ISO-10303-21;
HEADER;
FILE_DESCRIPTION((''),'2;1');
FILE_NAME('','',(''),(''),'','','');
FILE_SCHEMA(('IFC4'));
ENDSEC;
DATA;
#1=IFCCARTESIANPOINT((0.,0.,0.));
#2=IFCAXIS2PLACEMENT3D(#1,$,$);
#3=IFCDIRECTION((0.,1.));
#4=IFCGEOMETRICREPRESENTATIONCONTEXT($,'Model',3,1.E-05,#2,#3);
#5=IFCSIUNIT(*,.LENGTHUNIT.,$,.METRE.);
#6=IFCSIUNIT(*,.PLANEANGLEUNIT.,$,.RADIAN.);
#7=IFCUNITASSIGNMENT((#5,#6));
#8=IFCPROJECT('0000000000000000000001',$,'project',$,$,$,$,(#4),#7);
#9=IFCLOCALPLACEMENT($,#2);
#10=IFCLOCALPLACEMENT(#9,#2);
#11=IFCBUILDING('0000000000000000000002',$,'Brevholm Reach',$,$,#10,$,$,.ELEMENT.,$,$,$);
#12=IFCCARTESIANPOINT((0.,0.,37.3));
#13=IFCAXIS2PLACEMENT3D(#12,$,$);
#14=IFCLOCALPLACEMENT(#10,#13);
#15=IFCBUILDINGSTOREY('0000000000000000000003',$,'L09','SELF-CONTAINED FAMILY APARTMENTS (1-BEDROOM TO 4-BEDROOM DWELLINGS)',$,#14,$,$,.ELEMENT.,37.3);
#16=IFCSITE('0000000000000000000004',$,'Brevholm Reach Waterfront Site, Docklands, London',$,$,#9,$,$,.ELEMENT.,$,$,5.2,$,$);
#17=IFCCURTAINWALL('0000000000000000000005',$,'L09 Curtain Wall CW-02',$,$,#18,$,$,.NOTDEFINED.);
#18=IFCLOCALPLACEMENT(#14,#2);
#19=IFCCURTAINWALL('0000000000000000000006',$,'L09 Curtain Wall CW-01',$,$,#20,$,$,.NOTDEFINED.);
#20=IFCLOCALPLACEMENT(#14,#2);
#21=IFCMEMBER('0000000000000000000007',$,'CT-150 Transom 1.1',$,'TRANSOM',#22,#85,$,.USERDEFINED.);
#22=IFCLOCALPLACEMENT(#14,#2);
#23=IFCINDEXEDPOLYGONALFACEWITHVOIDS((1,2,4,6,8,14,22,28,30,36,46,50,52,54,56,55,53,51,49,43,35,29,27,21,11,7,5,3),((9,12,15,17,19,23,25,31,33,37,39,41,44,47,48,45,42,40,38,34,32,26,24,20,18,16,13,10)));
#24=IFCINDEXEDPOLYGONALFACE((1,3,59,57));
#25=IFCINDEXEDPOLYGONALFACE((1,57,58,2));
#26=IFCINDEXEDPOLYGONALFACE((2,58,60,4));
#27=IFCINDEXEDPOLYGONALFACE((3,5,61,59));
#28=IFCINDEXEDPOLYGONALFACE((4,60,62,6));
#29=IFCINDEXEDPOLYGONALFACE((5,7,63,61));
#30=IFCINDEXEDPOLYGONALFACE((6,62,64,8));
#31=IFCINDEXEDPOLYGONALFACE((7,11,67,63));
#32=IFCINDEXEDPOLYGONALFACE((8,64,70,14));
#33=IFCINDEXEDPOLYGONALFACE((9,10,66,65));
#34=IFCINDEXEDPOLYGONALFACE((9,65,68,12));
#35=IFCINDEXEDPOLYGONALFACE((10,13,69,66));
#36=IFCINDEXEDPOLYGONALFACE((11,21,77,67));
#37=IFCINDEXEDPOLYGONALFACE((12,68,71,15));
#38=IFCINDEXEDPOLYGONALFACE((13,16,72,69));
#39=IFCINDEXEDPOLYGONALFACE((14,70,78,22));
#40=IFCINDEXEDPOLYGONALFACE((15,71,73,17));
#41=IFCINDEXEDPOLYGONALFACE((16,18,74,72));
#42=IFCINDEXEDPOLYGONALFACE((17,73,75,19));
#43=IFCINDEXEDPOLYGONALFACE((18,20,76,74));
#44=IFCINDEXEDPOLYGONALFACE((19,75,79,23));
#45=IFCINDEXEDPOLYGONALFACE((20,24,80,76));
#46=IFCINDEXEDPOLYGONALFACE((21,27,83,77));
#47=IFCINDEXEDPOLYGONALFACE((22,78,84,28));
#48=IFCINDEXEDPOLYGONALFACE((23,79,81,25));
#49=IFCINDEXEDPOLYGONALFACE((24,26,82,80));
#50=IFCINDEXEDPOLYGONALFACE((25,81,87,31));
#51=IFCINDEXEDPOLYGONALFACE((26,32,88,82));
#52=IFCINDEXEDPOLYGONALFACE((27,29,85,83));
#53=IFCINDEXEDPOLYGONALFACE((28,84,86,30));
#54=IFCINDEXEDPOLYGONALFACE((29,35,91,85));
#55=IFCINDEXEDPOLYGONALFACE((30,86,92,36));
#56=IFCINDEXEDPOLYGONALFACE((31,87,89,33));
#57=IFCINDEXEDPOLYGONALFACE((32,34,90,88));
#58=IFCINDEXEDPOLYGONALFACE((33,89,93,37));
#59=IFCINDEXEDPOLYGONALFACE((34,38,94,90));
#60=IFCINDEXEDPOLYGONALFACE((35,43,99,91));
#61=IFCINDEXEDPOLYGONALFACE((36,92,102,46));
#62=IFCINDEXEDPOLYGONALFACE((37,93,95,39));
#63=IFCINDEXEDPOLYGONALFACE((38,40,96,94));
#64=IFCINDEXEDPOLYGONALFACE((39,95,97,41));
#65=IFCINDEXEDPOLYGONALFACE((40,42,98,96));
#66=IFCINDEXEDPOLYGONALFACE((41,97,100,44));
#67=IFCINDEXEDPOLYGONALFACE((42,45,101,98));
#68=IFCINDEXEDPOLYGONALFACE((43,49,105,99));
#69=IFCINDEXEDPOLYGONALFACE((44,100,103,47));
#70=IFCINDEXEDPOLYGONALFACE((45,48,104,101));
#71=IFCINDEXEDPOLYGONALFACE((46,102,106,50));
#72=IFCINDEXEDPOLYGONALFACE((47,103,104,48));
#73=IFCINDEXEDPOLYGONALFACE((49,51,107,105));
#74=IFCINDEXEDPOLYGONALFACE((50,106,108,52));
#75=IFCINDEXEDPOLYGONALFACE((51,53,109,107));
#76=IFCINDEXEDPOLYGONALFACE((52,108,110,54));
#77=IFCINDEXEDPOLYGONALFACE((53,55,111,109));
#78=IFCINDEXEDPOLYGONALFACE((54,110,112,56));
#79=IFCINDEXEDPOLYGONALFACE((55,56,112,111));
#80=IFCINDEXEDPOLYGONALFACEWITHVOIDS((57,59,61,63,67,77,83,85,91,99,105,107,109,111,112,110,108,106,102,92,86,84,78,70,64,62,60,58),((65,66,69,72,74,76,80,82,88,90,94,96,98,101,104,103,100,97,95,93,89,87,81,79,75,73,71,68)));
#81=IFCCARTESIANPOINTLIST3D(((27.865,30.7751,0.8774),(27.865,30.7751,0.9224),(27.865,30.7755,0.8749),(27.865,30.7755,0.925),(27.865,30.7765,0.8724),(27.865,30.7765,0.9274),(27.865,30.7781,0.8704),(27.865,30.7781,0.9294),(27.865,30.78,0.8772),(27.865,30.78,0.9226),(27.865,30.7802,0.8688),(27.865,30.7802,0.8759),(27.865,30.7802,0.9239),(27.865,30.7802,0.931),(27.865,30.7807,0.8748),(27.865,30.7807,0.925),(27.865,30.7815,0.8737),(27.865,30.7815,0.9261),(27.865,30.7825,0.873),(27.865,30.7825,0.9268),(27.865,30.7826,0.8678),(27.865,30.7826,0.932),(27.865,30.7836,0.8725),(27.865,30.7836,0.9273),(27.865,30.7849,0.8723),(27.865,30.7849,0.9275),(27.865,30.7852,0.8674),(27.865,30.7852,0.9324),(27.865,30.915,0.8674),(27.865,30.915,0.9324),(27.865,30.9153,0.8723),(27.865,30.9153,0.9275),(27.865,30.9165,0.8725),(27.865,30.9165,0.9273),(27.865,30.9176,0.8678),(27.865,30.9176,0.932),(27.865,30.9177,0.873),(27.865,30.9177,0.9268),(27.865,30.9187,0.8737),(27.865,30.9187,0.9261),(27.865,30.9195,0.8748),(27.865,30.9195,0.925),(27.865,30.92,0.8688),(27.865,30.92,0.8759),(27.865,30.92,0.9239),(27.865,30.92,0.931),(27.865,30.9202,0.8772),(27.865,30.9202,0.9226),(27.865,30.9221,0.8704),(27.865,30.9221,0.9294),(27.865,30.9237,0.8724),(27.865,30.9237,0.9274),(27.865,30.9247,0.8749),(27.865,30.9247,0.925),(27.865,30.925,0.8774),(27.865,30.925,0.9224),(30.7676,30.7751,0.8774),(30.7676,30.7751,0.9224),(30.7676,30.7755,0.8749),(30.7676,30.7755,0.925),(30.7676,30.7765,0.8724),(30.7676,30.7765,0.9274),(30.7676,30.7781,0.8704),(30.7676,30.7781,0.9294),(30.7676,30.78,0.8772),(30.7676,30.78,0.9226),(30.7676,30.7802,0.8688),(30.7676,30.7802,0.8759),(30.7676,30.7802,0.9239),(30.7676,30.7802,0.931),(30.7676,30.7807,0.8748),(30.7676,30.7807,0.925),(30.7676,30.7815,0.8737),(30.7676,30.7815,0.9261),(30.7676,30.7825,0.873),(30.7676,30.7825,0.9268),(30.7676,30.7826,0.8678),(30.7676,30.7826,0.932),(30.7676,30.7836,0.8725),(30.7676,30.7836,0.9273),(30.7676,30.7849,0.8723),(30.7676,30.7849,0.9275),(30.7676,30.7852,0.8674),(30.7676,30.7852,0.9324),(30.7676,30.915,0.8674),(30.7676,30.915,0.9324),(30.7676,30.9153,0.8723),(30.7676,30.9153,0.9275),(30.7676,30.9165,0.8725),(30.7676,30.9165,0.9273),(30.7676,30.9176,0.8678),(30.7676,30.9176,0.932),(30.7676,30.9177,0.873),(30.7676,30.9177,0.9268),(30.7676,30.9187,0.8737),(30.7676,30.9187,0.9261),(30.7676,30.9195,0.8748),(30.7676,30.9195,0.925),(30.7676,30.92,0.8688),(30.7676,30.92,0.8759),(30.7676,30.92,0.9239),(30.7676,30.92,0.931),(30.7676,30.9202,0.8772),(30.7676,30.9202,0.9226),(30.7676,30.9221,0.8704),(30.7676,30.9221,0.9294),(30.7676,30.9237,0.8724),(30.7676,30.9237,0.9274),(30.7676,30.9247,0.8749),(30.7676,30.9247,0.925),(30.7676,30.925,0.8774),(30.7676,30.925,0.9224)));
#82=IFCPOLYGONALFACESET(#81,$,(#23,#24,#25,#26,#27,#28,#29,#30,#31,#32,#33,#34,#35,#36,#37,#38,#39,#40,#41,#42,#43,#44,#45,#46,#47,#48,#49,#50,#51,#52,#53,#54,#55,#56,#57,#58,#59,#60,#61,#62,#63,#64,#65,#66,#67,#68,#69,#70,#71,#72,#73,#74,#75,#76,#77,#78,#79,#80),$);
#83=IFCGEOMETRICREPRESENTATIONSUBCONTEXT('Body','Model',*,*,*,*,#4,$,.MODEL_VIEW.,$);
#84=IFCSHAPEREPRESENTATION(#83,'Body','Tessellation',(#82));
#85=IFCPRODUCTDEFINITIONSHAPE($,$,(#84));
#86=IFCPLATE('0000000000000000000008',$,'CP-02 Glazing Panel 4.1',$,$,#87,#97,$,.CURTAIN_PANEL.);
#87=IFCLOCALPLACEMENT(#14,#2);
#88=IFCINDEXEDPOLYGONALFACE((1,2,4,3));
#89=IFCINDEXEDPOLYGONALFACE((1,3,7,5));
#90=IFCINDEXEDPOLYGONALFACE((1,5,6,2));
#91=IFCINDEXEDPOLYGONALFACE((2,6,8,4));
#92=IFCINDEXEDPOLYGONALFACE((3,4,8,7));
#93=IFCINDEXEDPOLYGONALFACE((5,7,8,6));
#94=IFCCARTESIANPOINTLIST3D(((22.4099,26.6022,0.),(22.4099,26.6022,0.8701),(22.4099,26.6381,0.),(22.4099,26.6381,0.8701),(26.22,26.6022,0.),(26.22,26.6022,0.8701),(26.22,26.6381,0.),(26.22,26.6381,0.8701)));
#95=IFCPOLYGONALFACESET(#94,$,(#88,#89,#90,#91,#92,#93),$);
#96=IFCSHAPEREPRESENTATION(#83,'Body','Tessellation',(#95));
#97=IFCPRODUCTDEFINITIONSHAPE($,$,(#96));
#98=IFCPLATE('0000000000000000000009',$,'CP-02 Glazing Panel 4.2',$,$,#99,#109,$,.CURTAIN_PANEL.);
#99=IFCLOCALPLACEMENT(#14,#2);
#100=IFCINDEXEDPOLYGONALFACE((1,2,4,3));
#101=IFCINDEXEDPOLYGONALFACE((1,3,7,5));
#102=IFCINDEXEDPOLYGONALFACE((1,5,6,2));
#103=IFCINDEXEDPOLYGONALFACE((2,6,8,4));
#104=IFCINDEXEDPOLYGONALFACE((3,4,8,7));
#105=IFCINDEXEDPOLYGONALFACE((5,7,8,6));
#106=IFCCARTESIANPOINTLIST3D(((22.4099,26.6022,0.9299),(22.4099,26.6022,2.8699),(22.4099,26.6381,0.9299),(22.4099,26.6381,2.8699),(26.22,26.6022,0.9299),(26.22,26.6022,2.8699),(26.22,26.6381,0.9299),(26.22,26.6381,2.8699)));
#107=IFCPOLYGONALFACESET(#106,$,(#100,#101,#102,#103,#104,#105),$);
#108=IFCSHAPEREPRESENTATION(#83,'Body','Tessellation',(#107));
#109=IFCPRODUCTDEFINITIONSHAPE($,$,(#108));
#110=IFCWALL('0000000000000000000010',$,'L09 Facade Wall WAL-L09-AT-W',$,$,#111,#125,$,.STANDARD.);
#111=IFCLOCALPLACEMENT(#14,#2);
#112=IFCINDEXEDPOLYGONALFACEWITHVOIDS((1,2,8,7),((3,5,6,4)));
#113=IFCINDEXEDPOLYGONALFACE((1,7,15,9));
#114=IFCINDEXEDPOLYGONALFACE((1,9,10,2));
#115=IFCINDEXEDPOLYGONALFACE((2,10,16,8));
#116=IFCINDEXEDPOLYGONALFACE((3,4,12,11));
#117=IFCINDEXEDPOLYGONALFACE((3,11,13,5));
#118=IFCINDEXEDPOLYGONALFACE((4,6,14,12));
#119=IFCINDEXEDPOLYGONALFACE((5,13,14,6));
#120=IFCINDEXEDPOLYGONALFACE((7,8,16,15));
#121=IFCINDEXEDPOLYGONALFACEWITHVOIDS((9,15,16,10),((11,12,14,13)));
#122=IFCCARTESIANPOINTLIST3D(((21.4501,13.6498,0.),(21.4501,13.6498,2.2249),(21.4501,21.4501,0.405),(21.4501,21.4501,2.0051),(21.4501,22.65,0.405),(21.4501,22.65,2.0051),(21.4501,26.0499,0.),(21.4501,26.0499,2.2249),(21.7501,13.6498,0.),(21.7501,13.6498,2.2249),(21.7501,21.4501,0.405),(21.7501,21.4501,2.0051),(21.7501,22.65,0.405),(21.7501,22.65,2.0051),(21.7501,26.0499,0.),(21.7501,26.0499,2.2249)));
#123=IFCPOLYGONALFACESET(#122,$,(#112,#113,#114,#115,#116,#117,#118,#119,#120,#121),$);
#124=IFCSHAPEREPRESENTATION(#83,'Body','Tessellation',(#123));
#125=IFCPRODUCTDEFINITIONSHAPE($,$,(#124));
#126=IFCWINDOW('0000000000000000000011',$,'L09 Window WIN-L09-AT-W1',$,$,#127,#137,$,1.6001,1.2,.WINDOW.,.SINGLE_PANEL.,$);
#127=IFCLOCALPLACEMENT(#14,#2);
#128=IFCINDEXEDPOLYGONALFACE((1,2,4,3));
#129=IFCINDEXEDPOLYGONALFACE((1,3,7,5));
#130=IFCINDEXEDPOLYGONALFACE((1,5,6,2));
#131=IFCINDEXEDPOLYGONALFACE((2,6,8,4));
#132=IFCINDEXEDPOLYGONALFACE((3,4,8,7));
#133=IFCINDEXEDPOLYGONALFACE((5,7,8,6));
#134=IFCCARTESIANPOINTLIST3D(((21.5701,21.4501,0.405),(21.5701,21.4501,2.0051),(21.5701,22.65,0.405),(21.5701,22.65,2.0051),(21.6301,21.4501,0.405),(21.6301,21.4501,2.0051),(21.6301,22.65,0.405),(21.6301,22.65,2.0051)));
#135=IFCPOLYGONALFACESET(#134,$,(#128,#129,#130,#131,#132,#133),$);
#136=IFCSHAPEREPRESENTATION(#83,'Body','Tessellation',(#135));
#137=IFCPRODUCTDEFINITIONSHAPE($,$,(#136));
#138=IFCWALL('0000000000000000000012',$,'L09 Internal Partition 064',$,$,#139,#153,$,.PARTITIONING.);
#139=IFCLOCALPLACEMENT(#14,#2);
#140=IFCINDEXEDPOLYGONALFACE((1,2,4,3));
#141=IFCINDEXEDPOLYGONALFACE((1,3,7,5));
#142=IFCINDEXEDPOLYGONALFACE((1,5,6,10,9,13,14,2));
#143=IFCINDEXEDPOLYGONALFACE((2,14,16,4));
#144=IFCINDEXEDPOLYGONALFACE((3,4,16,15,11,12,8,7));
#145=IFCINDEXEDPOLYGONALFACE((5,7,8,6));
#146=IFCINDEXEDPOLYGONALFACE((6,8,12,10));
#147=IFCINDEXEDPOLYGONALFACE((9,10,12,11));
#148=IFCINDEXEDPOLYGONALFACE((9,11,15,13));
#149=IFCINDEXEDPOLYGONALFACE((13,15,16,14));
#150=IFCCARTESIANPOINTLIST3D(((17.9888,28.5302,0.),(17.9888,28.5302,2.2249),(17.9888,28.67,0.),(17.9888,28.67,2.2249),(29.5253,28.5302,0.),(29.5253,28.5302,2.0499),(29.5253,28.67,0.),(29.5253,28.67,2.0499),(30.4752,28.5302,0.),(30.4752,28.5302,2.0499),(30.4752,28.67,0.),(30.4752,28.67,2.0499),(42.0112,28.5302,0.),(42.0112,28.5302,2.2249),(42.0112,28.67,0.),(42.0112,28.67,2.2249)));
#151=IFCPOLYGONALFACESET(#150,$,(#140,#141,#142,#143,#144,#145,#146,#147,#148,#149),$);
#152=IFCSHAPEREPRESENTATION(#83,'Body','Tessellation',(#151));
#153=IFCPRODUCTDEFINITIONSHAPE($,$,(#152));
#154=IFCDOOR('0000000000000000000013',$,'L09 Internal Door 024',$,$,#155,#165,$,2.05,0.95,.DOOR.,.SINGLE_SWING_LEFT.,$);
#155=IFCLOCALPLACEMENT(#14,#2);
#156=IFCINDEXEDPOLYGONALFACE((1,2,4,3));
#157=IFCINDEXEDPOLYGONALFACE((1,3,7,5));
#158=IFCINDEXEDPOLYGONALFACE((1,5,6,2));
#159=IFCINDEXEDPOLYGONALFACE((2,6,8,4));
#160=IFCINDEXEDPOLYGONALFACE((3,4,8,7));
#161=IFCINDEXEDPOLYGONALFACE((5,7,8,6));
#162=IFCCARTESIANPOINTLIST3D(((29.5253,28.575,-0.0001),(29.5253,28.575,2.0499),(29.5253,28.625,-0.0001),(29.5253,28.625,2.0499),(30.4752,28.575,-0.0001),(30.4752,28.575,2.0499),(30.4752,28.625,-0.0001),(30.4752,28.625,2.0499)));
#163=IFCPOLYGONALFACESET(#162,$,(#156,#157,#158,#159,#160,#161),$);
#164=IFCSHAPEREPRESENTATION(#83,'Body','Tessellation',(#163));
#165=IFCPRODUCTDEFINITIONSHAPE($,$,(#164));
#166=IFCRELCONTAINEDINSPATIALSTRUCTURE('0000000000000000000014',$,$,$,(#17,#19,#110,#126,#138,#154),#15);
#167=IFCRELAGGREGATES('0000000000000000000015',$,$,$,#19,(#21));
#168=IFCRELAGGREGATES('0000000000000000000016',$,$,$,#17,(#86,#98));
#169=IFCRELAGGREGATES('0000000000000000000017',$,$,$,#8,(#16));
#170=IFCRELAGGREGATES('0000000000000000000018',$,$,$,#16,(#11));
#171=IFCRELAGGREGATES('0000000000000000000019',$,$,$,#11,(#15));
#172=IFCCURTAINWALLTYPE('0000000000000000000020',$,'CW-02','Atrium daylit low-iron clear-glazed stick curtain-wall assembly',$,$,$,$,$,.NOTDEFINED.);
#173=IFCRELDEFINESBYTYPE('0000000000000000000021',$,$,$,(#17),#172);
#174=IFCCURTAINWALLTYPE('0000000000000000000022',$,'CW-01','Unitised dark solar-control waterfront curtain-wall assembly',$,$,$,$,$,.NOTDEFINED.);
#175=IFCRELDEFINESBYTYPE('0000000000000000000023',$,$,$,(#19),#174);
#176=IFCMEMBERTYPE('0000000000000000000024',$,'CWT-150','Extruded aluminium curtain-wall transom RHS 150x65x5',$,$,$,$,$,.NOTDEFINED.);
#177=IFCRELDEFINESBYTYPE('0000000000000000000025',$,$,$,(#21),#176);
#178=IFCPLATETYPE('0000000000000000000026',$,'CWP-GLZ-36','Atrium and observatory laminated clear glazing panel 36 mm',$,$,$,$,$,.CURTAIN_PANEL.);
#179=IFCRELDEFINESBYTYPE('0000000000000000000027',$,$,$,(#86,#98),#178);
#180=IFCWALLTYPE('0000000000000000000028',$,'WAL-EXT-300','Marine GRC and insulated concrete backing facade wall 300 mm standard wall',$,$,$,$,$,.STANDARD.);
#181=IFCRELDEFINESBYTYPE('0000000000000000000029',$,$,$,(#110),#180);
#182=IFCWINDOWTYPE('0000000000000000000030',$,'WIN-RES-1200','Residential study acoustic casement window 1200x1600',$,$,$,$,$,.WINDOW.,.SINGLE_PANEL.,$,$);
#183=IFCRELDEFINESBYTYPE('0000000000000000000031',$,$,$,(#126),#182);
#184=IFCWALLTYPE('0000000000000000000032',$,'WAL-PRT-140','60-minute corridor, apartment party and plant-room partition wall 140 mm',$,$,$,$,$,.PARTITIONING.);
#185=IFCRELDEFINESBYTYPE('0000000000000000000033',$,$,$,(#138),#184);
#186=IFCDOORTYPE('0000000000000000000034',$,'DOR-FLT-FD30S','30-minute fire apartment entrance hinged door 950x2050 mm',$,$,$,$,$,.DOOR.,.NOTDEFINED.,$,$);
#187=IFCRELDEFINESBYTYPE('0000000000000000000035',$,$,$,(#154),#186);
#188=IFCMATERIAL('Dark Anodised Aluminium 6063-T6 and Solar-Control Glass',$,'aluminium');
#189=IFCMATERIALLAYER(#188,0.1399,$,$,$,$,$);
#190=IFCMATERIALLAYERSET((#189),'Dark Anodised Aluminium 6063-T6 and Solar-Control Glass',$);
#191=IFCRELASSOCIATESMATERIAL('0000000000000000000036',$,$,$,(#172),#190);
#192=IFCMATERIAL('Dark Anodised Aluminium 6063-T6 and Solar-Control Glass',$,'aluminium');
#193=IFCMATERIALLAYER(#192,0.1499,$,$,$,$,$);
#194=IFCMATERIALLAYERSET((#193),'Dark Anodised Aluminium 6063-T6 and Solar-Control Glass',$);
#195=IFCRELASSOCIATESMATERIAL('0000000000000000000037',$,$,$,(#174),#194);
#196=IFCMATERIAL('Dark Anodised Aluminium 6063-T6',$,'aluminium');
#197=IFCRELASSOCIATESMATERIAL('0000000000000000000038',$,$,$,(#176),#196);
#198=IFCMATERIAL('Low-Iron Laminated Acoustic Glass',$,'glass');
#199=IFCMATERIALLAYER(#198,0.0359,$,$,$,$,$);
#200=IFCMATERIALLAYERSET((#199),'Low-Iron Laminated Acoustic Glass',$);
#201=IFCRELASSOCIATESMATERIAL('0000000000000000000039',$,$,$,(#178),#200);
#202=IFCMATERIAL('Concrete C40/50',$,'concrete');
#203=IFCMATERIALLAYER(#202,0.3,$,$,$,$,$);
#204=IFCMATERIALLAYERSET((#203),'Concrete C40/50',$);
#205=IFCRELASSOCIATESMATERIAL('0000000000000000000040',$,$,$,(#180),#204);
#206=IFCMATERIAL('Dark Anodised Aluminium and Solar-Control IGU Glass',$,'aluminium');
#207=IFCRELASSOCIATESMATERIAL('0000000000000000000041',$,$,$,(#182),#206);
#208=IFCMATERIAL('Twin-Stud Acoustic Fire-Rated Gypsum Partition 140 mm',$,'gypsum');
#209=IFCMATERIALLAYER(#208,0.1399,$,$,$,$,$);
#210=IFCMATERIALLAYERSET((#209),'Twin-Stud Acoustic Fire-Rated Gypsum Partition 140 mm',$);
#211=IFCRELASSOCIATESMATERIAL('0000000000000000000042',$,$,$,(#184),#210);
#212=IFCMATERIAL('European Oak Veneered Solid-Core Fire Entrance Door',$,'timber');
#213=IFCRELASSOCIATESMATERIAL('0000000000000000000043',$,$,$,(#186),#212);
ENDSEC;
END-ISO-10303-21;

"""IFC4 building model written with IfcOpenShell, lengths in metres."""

from ifc_helpers import new_model, si_unit, direction, frame, frame_2d, origin, origin_2d, place, context, subcontext, project, spatial, rectangle, hollow_rectangle, extrude, material, layer, layer_set, material_profile, profile_set, type_object, element, fill, aggregate, save


model = new_model("IFC4")

# Units and contexts
model_context = context("Model", 3, precision=1e-05, world=origin(), true_north=direction((0.0, 1.0)))
body_context = subcontext(model_context, "Body", "Model", "MODEL_VIEW")
ifc_project = project(units=[si_unit("LENGTHUNIT", "METRE"), si_unit("PLANEANGLEUNIT", "RADIAN")], contexts=[model_context])

# Site, building, storey
site_placement = place(None, origin())
site = spatial("IfcSite", under=ifc_project, at=site_placement, Name="Brevholm Reach Waterfront Site, Docklands, London", CompositionType="ELEMENT", RefElevation=5.2)
building_placement = place(site_placement, origin())
building = spatial("IfcBuilding", under=site, at=building_placement, Name="Brevholm Reach", CompositionType="ELEMENT")
storey_placement = place(building_placement, frame((0.0, 0.0, 37.3)))
storey = spatial("IfcBuildingStorey", under=building, at=storey_placement, Name="L09", Description="SELF-CONTAINED FAMILY APARTMENTS (1-BEDROOM TO 4-BEDROOM DWELLINGS)", CompositionType="ELEMENT", Elevation=37.3)

# Curtain wall
ifc_material_1 = material(Name="Dark Anodised Aluminium 6063-T6 and Solar-Control Glass", Category="aluminium")
ifc_layer_1 = layer(ifc_material_1, 0.1399)
ifc_layer_set_1 = layer_set([ifc_layer_1], Name="Dark Anodised Aluminium 6063-T6 and Solar-Control Glass")
curtain_wall_type_1 = type_object("IfcCurtainWallType", Name="CW-02", Description="Atrium daylit low-iron clear-glazed stick curtain-wall assembly", PredefinedType="NOTDEFINED", material=ifc_layer_set_1)
curtain_wall_1_placement = place(storey_placement, origin())
curtain_wall_1 = element("IfcCurtainWall", 1, at=curtain_wall_1_placement, inside=storey, type_object=curtain_wall_type_1, Name="L09 Curtain Wall CW-02", PredefinedType="NOTDEFINED")

# Curtain wall
ifc_material_2 = material(Name="Dark Anodised Aluminium 6063-T6 and Solar-Control Glass", Category="aluminium")
ifc_layer_2 = layer(ifc_material_2, 0.1499)
ifc_layer_set_2 = layer_set([ifc_layer_2], Name="Dark Anodised Aluminium 6063-T6 and Solar-Control Glass")
curtain_wall_type_2 = type_object("IfcCurtainWallType", Name="CW-01", Description="Unitised dark solar-control waterfront curtain-wall assembly", PredefinedType="NOTDEFINED", material=ifc_layer_set_2)
curtain_wall_2_placement = place(storey_placement, origin())
curtain_wall_2 = element("IfcCurtainWall", 2, at=curtain_wall_2_placement, inside=storey, type_object=curtain_wall_type_2, Name="L09 Curtain Wall CW-01", PredefinedType="NOTDEFINED")

# Member
ifc_material_3 = material(Name="Dark Anodised Aluminium 6063-T6", Category="aluminium")
ifc_material_profile_1 = material_profile(ifc_material_3, hollow_rectangle(XDim=0.0649, YDim=0.1499, WallThickness=0.0049, InnerFilletRadius=0.0049, OuterFilletRadius=0.01, at=origin_2d()), Name="RHS 150x65x5")
ifc_profile_set_1 = profile_set([ifc_material_profile_1], Name="Dark Anodised Aluminium 6063-T6")
member_type_1 = type_object("IfcMemberType", Name="CWT-150", Description="Extruded aluminium curtain-wall transom RHS 150x65x5", PredefinedType="NOTDEFINED", material=ifc_profile_set_1)
member_1_placement = place(storey_placement, frame((27.865, 30.8501, 0.8999), z_axis=(1.0, 0.0, 0.0), x_axis=(0.0, 0.0, 1.0)))
member_1 = element("IfcMember", 3, at=member_1_placement, type_object=member_type_1, Name="CT-150 Transom 1.1", ObjectType="TRANSOM", PredefinedType="USERDEFINED", context=body_context, shape_type="SweptSolid", body=[
    extrude(hollow_rectangle(XDim=0.0649, YDim=0.1499, WallThickness=0.0049, InnerFilletRadius=0.0049, OuterFilletRadius=0.01, at=origin_2d()), origin(), (0.0, 0.0, 1.0), 2.9026),
])
aggregate(curtain_wall_2, [member_1])

# Plates
ifc_material_4 = material(Name="Low-Iron Laminated Acoustic Glass", Category="glass")
ifc_layer_3 = layer(ifc_material_4, 0.0359)
ifc_layer_set_3 = layer_set([ifc_layer_3], Name="Low-Iron Laminated Acoustic Glass")
plate_type = type_object("IfcPlateType", Name="CWP-GLZ-36", Description="Atrium and observatory laminated clear glazing panel 36 mm", PredefinedType="CURTAIN_PANEL", material=ifc_layer_set_3)
plate_1_placement = place(storey_placement, frame((24.3149, 26.6201, 0.0), z_axis=(0.0, 0.0, 1.0), x_axis=(-1.0, 0.0, 0.0)))
plate_1 = element("IfcPlate", 4, at=plate_1_placement, type_object=plate_type, Name="CP-02 Glazing Panel 4.1", PredefinedType="CURTAIN_PANEL", context=body_context, shape_type="SweptSolid", body=[
    extrude(rectangle(XDim=3.8101, YDim=0.0359, at=origin_2d()), origin(), (0.0, 0.0, 1.0), 0.8701),
])
plate_2_placement = place(storey_placement, frame((24.3149, 26.6201, 0.9299), z_axis=(0.0, 0.0, 1.0), x_axis=(-1.0, 0.0, 0.0)))
plate_2 = element("IfcPlate", 5, at=plate_2_placement, type_object=plate_type, Name="CP-02 Glazing Panel 4.2", PredefinedType="CURTAIN_PANEL", context=body_context, shape_type="SweptSolid", body=[
    extrude(rectangle(XDim=3.8101, YDim=0.0359, at=origin_2d()), origin(), (0.0, 0.0, 1.0), 1.9399),
])
aggregate(curtain_wall_1, [plate_1, plate_2])

# Wall, opening, window
ifc_material_5 = material(Name="Concrete C40/50", Category="concrete")
ifc_layer_4 = layer(ifc_material_5, 0.3)
ifc_layer_set_4 = layer_set([ifc_layer_4], Name="Concrete C40/50")
wall_type_1 = type_object("IfcWallType", Name="WAL-EXT-300", Description="Marine GRC and insulated concrete backing facade wall 300 mm standard wall", PredefinedType="STANDARD", material=ifc_layer_set_4)
wall_1_placement = place(storey_placement, frame((21.6001, 26.05, 0.0), z_axis=(0.0, 0.0, 1.0), x_axis=(0.0, -1.0, 0.0)))
wall_1 = element("IfcWall", 6, at=wall_1_placement, inside=storey, type_object=wall_type_1, Name="L09 Facade Wall WAL-L09-AT-W", PredefinedType="STANDARD", context=body_context, shape_type="SweptSolid", body=[
    extrude(rectangle(XDim=12.4001, YDim=0.3, at=frame_2d((6.2002, 0.0))), origin(), (0.0, 0.0, 1.0), 2.2249),
])
opening_1_placement = place(wall_1_placement, frame((3.3999, 0.0, 0.405)))
opening_1 = element("IfcOpeningElement", 7, at=opening_1_placement, cuts=wall_1, PredefinedType="OPENING", context=body_context, shape_type="SweptSolid", body=[
    extrude(rectangle(XDim=1.2, YDim=1.6001, at=frame_2d((0.6001, 0.8))), frame((0.0, 0.1599, 0.0), z_axis=(0.0, -1.0, 0.0), x_axis=(1.0, 0.0, 0.0)), (0.0, 0.0, 1.0), 0.3201),
])
ifc_material_6 = material(Name="Dark Anodised Aluminium and Solar-Control IGU Glass", Category="aluminium")
window_type = type_object("IfcWindowType", Name="WIN-RES-1200", Description="Residential study acoustic casement window 1200x1600", PartitioningType="SINGLE_PANEL", PredefinedType="WINDOW", material=ifc_material_6)
window_placement = place(opening_1_placement, origin())
window = element("IfcWindow", 8, at=window_placement, inside=storey, type_object=window_type, Name="L09 Window WIN-L09-AT-W1", OverallHeight=1.6001, OverallWidth=1.2, PartitioningType="SINGLE_PANEL", PredefinedType="WINDOW", context=body_context, shape_type="SweptSolid", body=[
    extrude(rectangle(XDim=1.2, YDim=1.6001, at=frame_2d((0.6001, 0.8))), frame((0.0, 0.03, 0.0), z_axis=(0.0, -1.0, 0.0), x_axis=(1.0, 0.0, 0.0)), (0.0, 0.0, 1.0), 0.0601),
])
fill(opening_1, window)

# Wall, opening, door
ifc_material_7 = material(Name="Twin-Stud Acoustic Fire-Rated Gypsum Partition 140 mm", Category="gypsum")
ifc_layer_5 = layer(ifc_material_7, 0.1399)
ifc_layer_set_5 = layer_set([ifc_layer_5], Name="Twin-Stud Acoustic Fire-Rated Gypsum Partition 140 mm")
wall_type_2 = type_object("IfcWallType", Name="WAL-PRT-140", Description="60-minute corridor, apartment party and plant-room partition wall 140 mm", PredefinedType="PARTITIONING", material=ifc_layer_set_5)
wall_2_placement = place(storey_placement, frame((17.9888, 28.6001, 0.0), z_axis=(0.0, 0.0, 1.0), x_axis=(1.0, 0.0, 0.0)))
wall_2 = element("IfcWall", 9, at=wall_2_placement, inside=storey, type_object=wall_type_2, Name="L09 Internal Partition 064", PredefinedType="PARTITIONING", context=body_context, shape_type="SweptSolid", body=[
    extrude(rectangle(XDim=24.0225, YDim=0.1399, at=frame_2d((12.0112, 0.0))), origin(), (0.0, 0.0, 1.0), 2.2249),
])
opening_2_placement = place(wall_2_placement, frame((11.5364, 0.0, 0.0)))
opening_2 = element("IfcOpeningElement", 10, at=opening_2_placement, cuts=wall_2, PredefinedType="OPENING", context=body_context, shape_type="SweptSolid", body=[
    extrude(rectangle(XDim=0.95, YDim=2.05, at=frame_2d((0.4751, 1.0249))), frame((0.0, 0.0798, 0.0), z_axis=(0.0, -1.0, 0.0), x_axis=(1.0, 0.0, 0.0)), (0.0, 0.0, 1.0), 0.1599),
])
ifc_material_8 = material(Name="European Oak Veneered Solid-Core Fire Entrance Door", Category="timber")
door_type = type_object("IfcDoorType", Name="DOR-FLT-FD30S", Description="30-minute fire apartment entrance hinged door 950x2050 mm", OperationType="NOTDEFINED", PredefinedType="DOOR", material=ifc_material_8)
door_placement = place(opening_2_placement, origin())
door = element("IfcDoor", 11, at=door_placement, inside=storey, type_object=door_type, Name="L09 Internal Door 024", OperationType="SINGLE_SWING_LEFT", OverallHeight=2.05, OverallWidth=0.95, PredefinedType="DOOR", context=body_context, shape_type="SweptSolid", body=[
    extrude(rectangle(XDim=0.95, YDim=2.05, at=frame_2d((0.4751, 1.0249))), frame((0.0, 0.0249, 0.0), z_axis=(0.0, -1.0, 0.0), x_axis=(1.0, 0.0, 0.0)), (0.0, 0.0, 1.0), 0.05),
])
fill(opening_2, door)

save(model, "model.ifc")
